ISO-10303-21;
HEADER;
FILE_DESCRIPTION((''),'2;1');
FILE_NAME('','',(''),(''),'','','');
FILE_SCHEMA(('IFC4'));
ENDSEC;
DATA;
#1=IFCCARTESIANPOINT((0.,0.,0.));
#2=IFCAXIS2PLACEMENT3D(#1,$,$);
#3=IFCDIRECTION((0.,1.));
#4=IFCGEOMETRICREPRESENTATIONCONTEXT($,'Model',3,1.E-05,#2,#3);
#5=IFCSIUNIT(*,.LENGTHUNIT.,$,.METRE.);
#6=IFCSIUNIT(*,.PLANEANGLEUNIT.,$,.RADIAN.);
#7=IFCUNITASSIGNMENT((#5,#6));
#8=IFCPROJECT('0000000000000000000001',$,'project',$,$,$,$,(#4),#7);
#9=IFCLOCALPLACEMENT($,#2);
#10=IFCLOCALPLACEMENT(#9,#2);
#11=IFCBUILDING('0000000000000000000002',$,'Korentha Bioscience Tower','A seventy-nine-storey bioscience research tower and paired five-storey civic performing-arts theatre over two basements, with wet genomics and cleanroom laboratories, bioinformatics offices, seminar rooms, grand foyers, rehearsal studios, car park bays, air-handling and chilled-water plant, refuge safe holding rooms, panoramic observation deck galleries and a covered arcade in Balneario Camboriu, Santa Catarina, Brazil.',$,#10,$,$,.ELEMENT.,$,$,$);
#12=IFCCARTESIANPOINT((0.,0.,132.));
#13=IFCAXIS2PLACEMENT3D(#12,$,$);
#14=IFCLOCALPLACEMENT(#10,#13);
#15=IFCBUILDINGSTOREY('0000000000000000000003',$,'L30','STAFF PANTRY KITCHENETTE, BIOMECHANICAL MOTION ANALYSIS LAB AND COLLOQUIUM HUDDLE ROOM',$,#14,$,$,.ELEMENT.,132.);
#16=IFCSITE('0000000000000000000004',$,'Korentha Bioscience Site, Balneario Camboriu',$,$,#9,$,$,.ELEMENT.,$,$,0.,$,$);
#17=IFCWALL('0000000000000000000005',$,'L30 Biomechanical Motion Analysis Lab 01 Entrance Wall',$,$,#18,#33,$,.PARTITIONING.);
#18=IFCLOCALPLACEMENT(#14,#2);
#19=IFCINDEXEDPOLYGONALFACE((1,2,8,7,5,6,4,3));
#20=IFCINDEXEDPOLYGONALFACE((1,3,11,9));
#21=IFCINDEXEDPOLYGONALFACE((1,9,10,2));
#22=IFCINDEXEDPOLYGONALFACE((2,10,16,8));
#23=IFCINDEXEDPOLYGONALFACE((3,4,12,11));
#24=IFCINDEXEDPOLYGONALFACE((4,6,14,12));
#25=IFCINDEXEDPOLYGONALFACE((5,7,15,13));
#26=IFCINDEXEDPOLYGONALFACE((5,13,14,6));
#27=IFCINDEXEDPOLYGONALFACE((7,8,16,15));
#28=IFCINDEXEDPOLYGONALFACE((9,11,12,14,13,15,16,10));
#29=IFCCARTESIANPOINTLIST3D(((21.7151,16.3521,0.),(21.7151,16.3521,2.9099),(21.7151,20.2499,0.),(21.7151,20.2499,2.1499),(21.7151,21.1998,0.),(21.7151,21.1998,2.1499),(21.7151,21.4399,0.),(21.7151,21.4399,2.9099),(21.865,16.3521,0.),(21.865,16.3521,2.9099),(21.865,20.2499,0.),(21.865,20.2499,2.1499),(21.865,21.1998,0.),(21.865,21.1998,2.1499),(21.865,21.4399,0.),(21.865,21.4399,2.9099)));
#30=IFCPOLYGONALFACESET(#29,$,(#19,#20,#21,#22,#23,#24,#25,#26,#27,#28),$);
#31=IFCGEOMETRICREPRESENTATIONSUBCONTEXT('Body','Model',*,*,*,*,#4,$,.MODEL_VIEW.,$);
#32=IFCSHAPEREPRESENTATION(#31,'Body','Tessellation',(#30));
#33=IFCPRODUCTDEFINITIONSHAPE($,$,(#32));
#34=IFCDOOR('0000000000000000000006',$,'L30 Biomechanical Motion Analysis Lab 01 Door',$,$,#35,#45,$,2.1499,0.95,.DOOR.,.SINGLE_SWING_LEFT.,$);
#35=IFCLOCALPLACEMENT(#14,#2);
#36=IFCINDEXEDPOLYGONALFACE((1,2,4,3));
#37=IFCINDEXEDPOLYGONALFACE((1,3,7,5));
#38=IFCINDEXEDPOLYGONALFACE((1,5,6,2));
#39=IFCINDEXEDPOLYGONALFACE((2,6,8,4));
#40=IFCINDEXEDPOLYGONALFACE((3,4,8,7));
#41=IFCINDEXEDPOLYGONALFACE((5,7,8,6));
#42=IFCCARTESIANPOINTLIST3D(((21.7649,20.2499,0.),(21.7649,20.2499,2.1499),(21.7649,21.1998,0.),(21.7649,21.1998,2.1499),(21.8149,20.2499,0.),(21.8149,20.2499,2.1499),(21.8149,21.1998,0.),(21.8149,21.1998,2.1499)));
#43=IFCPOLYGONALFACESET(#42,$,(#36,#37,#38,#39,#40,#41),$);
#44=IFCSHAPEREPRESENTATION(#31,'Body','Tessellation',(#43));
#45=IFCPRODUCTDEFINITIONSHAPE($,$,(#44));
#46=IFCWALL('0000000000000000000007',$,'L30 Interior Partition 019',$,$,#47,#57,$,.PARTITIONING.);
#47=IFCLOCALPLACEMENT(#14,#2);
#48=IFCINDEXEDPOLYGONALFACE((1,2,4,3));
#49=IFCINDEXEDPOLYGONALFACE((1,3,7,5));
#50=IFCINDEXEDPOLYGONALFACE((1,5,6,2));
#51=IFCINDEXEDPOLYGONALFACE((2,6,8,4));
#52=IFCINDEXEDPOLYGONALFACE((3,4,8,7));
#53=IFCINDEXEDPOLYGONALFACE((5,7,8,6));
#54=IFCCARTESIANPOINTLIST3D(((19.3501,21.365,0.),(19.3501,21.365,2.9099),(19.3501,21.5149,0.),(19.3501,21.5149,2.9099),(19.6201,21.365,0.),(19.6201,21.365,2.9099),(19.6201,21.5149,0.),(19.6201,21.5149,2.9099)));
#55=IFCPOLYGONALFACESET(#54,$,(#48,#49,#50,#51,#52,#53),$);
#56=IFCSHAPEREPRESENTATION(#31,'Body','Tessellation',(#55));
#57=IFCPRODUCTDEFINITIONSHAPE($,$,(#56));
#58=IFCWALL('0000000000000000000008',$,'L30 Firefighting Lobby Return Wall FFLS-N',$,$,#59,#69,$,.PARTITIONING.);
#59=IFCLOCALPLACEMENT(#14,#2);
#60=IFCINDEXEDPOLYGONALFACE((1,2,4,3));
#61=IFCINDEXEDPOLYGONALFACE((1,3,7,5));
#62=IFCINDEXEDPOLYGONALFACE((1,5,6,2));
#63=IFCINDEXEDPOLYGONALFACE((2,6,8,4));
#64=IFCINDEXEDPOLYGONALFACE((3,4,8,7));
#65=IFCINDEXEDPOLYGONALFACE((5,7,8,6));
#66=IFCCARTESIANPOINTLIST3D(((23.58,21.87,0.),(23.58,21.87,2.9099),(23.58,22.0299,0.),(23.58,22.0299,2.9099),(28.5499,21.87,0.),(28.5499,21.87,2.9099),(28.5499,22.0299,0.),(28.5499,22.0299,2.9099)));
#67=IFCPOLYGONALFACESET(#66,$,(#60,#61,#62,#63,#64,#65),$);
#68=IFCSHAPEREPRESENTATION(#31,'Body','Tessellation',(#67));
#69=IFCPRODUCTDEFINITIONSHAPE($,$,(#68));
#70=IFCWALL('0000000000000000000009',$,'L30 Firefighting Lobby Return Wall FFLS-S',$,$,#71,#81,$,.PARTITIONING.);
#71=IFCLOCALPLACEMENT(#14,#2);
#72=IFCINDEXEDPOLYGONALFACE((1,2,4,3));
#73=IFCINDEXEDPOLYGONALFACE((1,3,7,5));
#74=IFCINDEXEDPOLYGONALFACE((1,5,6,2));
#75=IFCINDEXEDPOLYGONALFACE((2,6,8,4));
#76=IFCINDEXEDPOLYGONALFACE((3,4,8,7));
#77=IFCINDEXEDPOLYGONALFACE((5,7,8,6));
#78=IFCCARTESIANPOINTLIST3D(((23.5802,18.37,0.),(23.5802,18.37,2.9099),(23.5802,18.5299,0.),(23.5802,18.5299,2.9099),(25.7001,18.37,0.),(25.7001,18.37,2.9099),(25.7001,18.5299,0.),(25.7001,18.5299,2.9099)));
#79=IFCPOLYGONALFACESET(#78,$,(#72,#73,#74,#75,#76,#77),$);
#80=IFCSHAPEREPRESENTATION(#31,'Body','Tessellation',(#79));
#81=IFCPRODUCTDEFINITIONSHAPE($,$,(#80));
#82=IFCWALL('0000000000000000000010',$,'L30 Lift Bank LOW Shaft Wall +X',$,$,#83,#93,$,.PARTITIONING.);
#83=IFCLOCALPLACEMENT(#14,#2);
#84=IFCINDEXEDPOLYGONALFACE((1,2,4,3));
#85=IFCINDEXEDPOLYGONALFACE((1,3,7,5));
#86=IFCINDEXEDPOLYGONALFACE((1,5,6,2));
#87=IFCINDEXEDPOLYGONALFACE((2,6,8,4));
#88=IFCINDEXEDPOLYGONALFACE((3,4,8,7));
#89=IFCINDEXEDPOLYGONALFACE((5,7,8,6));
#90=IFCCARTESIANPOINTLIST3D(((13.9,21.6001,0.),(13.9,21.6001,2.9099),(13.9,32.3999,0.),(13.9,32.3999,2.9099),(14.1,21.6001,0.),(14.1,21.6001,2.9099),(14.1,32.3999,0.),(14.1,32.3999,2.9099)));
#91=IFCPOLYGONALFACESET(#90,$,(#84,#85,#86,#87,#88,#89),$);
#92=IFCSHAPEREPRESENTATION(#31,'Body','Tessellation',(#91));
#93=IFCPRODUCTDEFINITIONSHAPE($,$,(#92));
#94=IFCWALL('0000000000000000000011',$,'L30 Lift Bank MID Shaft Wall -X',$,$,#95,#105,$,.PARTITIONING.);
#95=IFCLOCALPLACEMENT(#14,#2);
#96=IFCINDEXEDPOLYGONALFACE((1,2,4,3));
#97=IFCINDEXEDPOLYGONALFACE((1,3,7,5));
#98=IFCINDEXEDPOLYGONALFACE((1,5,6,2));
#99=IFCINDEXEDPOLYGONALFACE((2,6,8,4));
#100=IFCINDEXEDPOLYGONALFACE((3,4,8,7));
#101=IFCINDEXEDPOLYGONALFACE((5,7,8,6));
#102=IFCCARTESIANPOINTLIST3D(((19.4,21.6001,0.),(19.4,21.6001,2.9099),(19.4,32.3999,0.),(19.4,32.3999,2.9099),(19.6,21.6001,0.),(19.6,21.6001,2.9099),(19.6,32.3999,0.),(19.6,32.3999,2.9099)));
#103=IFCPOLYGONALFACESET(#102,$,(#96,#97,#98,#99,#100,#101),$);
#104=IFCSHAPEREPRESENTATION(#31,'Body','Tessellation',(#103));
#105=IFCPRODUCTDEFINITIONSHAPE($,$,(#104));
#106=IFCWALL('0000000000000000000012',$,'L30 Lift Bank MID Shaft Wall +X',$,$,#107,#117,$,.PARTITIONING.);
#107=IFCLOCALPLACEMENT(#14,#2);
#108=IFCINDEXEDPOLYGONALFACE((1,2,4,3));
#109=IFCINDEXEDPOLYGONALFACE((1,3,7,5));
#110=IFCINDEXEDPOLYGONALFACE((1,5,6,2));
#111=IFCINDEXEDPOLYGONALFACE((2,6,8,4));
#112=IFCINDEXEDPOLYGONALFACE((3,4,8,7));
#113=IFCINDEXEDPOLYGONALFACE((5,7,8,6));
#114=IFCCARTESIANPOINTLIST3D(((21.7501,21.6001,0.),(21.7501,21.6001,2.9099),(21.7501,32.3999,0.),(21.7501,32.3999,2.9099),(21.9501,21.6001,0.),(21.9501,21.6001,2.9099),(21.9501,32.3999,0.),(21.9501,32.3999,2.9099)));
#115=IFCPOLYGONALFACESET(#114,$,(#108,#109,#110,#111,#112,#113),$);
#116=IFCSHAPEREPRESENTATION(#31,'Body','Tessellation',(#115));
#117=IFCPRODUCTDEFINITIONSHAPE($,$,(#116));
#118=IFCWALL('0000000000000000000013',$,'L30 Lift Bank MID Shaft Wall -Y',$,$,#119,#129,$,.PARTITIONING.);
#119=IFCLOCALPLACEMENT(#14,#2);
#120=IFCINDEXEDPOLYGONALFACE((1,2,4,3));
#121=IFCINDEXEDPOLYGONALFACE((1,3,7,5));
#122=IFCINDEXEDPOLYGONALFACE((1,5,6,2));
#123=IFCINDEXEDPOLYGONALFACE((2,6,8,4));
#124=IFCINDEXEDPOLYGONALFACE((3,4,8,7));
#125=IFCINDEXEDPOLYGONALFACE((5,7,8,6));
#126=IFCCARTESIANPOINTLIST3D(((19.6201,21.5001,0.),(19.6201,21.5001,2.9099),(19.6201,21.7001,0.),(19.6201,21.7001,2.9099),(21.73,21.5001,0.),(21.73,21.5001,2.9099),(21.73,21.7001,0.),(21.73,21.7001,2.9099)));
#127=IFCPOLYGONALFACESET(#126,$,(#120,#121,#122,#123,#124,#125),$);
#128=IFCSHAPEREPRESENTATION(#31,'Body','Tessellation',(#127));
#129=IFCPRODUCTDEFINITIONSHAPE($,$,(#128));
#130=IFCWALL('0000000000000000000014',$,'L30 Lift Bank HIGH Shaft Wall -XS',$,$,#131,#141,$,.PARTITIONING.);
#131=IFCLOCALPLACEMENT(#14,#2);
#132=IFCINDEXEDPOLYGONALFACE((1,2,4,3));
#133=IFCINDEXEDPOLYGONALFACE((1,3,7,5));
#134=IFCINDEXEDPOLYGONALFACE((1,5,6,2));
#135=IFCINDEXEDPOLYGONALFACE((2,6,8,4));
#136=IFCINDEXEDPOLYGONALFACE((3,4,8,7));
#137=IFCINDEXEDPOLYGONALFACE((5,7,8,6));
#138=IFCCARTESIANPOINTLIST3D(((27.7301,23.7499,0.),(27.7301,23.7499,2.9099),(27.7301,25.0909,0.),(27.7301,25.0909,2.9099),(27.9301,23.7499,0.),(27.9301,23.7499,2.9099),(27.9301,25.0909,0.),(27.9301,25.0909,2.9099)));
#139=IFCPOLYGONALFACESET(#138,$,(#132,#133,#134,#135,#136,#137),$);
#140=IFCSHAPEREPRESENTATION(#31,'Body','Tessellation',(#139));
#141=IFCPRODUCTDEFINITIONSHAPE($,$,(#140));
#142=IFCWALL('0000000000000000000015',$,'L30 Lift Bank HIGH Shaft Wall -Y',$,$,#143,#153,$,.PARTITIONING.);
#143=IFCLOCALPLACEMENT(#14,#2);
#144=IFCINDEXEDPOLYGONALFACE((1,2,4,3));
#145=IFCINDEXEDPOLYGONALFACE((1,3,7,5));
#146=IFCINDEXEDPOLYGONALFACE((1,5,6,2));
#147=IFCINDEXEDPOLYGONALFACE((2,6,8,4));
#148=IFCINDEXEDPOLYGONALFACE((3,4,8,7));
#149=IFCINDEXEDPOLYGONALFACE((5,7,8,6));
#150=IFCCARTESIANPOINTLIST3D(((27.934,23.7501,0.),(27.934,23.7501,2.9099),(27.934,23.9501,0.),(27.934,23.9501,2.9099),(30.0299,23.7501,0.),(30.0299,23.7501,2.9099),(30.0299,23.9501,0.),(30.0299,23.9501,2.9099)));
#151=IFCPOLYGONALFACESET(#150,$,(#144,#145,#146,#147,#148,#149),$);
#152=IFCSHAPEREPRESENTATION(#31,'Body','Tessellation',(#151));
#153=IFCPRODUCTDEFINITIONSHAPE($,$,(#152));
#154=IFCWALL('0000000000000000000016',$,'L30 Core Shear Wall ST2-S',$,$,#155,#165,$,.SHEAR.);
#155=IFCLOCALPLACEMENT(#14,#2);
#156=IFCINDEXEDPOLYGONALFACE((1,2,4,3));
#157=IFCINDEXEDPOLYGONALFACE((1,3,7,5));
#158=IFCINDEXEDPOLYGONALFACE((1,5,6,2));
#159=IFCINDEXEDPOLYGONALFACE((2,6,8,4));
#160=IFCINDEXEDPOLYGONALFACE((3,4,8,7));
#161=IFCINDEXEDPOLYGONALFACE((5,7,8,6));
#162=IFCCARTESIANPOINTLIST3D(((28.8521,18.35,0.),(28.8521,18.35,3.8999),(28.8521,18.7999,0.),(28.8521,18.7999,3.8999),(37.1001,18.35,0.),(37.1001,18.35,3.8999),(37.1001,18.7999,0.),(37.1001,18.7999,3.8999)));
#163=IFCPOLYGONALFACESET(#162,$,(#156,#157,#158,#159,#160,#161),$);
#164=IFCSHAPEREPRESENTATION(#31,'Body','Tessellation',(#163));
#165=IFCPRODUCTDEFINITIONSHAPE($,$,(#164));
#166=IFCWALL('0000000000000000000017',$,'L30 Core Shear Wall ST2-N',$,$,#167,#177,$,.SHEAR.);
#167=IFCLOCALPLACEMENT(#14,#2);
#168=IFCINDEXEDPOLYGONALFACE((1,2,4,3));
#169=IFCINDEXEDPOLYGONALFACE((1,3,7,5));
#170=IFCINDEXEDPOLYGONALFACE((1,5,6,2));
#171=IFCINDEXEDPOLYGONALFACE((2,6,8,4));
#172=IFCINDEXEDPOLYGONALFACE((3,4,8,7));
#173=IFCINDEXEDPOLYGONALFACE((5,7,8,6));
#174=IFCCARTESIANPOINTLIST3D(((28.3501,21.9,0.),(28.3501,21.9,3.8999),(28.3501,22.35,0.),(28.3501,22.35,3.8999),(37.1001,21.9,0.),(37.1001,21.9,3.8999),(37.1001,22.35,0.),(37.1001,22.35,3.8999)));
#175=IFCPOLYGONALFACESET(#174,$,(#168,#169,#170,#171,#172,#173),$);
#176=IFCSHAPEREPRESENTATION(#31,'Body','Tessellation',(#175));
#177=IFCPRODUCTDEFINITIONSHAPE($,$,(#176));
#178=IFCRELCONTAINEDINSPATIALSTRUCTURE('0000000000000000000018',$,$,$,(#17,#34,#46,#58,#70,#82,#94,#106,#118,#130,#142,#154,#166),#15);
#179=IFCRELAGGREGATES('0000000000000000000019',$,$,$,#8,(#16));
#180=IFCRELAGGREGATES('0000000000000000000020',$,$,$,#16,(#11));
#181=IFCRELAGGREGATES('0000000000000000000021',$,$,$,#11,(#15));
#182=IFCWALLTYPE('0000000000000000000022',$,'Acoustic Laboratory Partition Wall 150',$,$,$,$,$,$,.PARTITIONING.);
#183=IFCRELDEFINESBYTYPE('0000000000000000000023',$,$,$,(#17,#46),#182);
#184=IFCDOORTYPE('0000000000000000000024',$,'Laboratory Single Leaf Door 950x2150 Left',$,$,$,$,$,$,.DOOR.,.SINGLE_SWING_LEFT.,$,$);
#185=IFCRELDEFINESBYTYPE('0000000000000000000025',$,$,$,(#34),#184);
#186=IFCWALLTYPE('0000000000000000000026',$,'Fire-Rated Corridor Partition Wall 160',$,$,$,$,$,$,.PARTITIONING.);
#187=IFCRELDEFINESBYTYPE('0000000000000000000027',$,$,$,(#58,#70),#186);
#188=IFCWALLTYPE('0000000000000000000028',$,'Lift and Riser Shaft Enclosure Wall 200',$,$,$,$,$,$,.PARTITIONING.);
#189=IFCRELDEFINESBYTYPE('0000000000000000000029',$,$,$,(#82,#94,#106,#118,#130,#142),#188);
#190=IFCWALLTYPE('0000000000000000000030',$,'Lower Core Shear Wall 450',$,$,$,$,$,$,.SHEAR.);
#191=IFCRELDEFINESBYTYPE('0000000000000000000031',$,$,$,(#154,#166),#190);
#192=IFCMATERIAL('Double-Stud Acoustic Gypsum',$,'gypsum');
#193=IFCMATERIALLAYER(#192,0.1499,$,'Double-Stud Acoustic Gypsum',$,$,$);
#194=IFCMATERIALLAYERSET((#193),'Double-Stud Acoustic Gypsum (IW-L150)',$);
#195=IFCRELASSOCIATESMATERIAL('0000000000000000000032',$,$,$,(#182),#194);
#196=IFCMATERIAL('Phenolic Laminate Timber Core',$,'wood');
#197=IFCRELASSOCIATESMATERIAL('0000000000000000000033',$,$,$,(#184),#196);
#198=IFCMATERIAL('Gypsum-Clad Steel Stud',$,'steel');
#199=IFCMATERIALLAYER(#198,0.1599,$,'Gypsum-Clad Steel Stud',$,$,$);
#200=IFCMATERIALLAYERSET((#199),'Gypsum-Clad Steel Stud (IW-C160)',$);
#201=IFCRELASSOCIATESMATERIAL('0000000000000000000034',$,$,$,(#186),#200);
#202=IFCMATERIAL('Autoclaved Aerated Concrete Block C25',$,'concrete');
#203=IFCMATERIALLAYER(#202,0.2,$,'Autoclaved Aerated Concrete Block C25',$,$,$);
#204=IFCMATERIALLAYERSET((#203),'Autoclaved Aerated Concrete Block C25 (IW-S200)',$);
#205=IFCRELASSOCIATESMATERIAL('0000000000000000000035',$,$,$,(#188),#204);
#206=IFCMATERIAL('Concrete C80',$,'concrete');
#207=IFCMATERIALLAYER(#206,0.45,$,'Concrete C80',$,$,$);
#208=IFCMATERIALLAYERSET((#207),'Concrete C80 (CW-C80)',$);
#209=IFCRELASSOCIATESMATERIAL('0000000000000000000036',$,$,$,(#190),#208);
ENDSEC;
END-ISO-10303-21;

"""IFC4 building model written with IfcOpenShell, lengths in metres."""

from ifc_helpers import new_model, si_unit, direction, frame, frame_2d, origin, place, context, subcontext, project, spatial, rectangle, extrude, material, layer, layer_set, type_object, element, fill, save


model = new_model("IFC4")

# Units and contexts
model_context = context("Model", 3, precision=1e-05, world=origin(), true_north=direction((0.0, 1.0)))
body_context = subcontext(model_context, "Body", "Model", "MODEL_VIEW")
ifc_project = project(units=[si_unit("LENGTHUNIT", "METRE"), si_unit("PLANEANGLEUNIT", "RADIAN")], contexts=[model_context])

# Site, building, storey
site_placement = place(None, origin())
site = spatial("IfcSite", under=ifc_project, at=site_placement, Name="Korentha Bioscience Site, Balneario Camboriu", CompositionType="ELEMENT", RefElevation=0.0)
building_placement = place(site_placement, origin())
building = spatial("IfcBuilding", under=site, at=building_placement, Name="Korentha Bioscience Tower", Description="A seventy-nine-storey bioscience research tower and paired five-storey civic performing-arts theatre over two basements, with wet genomics and cleanroom laboratories, bioinformatics offices, seminar rooms, grand foyers, rehearsal studios, car park bays, air-handling and chilled-water plant, refuge safe holding rooms, panoramic observation deck galleries and a covered arcade in Balneario Camboriu, Santa Catarina, Brazil.", CompositionType="ELEMENT")
storey_placement = place(building_placement, frame((0.0, 0.0, 132.0)))
storey = spatial("IfcBuildingStorey", under=building, at=storey_placement, Name="L30", Description="STAFF PANTRY KITCHENETTE, BIOMECHANICAL MOTION ANALYSIS LAB AND COLLOQUIUM HUDDLE ROOM", CompositionType="ELEMENT", Elevation=132.0)

# Shared definitions
ifc_material_1 = material(Name="Concrete C80", Category="concrete")

# Wall, opening, door
ifc_material_2 = material(Name="Double-Stud Acoustic Gypsum", Category="gypsum")
ifc_layer_1 = layer(ifc_material_2, 0.1499, Name="Double-Stud Acoustic Gypsum")
ifc_layer_set_1 = layer_set([ifc_layer_1], Name="Double-Stud Acoustic Gypsum (IW-L150)")
wall_type_1 = type_object("IfcWallType", Name="Acoustic Laboratory Partition Wall 150", PredefinedType="PARTITIONING", material=ifc_layer_set_1)
wall_1_placement = place(storey_placement, frame((21.79, 21.4399, 0.0), z_axis=(0.0, 0.0, 1.0), x_axis=(0.0, -1.0, 0.0)))
wall_1 = element("IfcWall", 1, at=wall_1_placement, inside=storey, type_object=wall_type_1, Name="L30 Biomechanical Motion Analysis Lab 01 Entrance Wall", PredefinedType="PARTITIONING", context=body_context, shape_type="SweptSolid", body=[
    extrude(rectangle(XDim=5.0879, YDim=0.1499, at=frame_2d((2.5439, 0.0))), origin(), (0.0, 0.0, 1.0), 2.9099),
])
opening_1_placement = place(wall_1_placement, frame((0.24, 0.0, 0.0)))
opening_1 = element("IfcOpeningElement", 2, at=opening_1_placement, cuts=wall_1, PredefinedType="OPENING", context=body_context, shape_type="SweptSolid", body=[
    extrude(rectangle(XDim=0.95, YDim=2.1499, at=frame_2d((0.4751, 1.075))), frame((0.0, 0.0898, 0.0), z_axis=(0.0, -1.0, 0.0), x_axis=(1.0, 0.0, 0.0)), (0.0, 0.0, 1.0), 0.1797),
])
ifc_material_3 = material(Name="Phenolic Laminate Timber Core", Category="wood")
door_type_1 = type_object("IfcDoorType", Name="Laboratory Single Leaf Door 950x2150 Left", OperationType="SINGLE_SWING_LEFT", PredefinedType="DOOR", material=ifc_material_3)
door_1_placement = place(opening_1_placement, origin())
door_1 = element("IfcDoor", 3, at=door_1_placement, inside=storey, type_object=door_type_1, Name="L30 Biomechanical Motion Analysis Lab 01 Door", OperationType="SINGLE_SWING_LEFT", OverallHeight=2.1499, OverallWidth=0.95, PredefinedType="DOOR", context=body_context, shape_type="SweptSolid", body=[
    extrude(rectangle(XDim=0.95, YDim=2.1499, at=frame_2d((0.4751, 1.075))), frame((0.0, 0.0249, 0.0), z_axis=(0.0, -1.0, 0.0), x_axis=(1.0, 0.0, 0.0)), (0.0, 0.0, 1.0), 0.05),
])
fill(opening_1, door_1)

# Wall
wall_2_placement = place(storey_placement, frame((19.3501, 21.4399, 0.0), z_axis=(0.0, 0.0, 1.0), x_axis=(1.0, 0.0, 0.0)))
element("IfcWall", 4, at=wall_2_placement, inside=storey, type_object=wall_type_1, Name="L30 Interior Partition 019", PredefinedType="PARTITIONING", context=body_context, shape_type="SweptSolid", body=[
    extrude(rectangle(XDim=0.27, YDim=0.1499, at=frame_2d((0.135, 0.0))), origin(), (0.0, 0.0, 1.0), 2.9099),
])

# Shared definitions
ifc_material_4 = material(Name="Gypsum-Clad Steel Stud", Category="steel")
ifc_layer_2 = layer(ifc_material_4, 0.1599, Name="Gypsum-Clad Steel Stud")
ifc_layer_set_2 = layer_set([ifc_layer_2], Name="Gypsum-Clad Steel Stud (IW-C160)")
wall_type_2 = type_object("IfcWallType", Name="Fire-Rated Corridor Partition Wall 160", PredefinedType="PARTITIONING", material=ifc_layer_set_2)

# Walls
wall_3_placement = place(storey_placement, frame((23.5801, 21.95, 0.0), z_axis=(0.0, 0.0, 1.0), x_axis=(1.0, 0.0, 0.0)))
element("IfcWall", 5, at=wall_3_placement, inside=storey, type_object=wall_type_2, Name="L30 Firefighting Lobby Return Wall FFLS-N", PredefinedType="PARTITIONING", context=body_context, shape_type="SweptSolid", body=[
    extrude(rectangle(XDim=4.97, YDim=0.1599, at=frame_2d((2.4849, 0.0))), origin(), (0.0, 0.0, 1.0), 2.9099),
])
wall_4_placement = place(storey_placement, frame((23.5801, 18.45, 0.0), z_axis=(0.0, 0.0, 1.0), x_axis=(1.0, 0.0, 0.0)))
element("IfcWall", 6, at=wall_4_placement, inside=storey, type_object=wall_type_2, Name="L30 Firefighting Lobby Return Wall FFLS-S", PredefinedType="PARTITIONING", context=body_context, shape_type="SweptSolid", body=[
    extrude(rectangle(XDim=2.1199, YDim=0.1599, at=frame_2d((1.0601, 0.0))), origin(), (0.0, 0.0, 1.0), 2.9099),
])
ifc_material_5 = material(Name="Autoclaved Aerated Concrete Block C25", Category="concrete")
ifc_layer_3 = layer(ifc_material_5, 0.2, Name="Autoclaved Aerated Concrete Block C25")
ifc_layer_set_3 = layer_set([ifc_layer_3], Name="Autoclaved Aerated Concrete Block C25 (IW-S200)")
wall_type_3 = type_object("IfcWallType", Name="Lift and Riser Shaft Enclosure Wall 200", PredefinedType="PARTITIONING", material=ifc_layer_set_3)
for number, where, z_axis, x_axis, name in (
    (7, (14.0, 21.6001, 0.0), (0.0, 0.0, 1.0), (0.0, 1.0, 0.0), "L30 Lift Bank LOW Shaft Wall +X"),
    (8, (19.5, 21.6001, 0.0), (0.0, 0.0, 1.0), (0.0, 1.0, 0.0), "L30 Lift Bank MID Shaft Wall -X"),
    (9, (21.8501, 21.6001, 0.0), (0.0, 0.0, 1.0), (0.0, 1.0, 0.0), "L30 Lift Bank MID Shaft Wall +X"),
):
    element("IfcWall", number, at=place(storey_placement, frame(where, z_axis=z_axis, x_axis=x_axis)), inside=storey, type_object=wall_type_3, Name=name, PredefinedType="PARTITIONING", context=body_context, shape_type="SweptSolid", body=[
        extrude(rectangle(XDim=10.7998, YDim=0.2, at=frame_2d((5.3999, 0.0))), origin(), (0.0, 0.0, 1.0), 2.9099),
    ])
wall_5_placement = place(storey_placement, frame((19.6201, 21.6001, 0.0), z_axis=(0.0, 0.0, 1.0), x_axis=(1.0, 0.0, 0.0)))
element("IfcWall", 10, at=wall_5_placement, inside=storey, type_object=wall_type_3, Name="L30 Lift Bank MID Shaft Wall -Y", PredefinedType="PARTITIONING", context=body_context, shape_type="SweptSolid", body=[
    extrude(rectangle(XDim=2.1099, YDim=0.2, at=frame_2d((1.0549, 0.0))), origin(), (0.0, 0.0, 1.0), 2.9099),
])
wall_6_placement = place(storey_placement, frame((27.8301, 23.75, 0.0), z_axis=(0.0, 0.0, 1.0), x_axis=(0.0, 1.0, 0.0)))
element("IfcWall", 11, at=wall_6_placement, inside=storey, type_object=wall_type_3, Name="L30 Lift Bank HIGH Shaft Wall -XS", PredefinedType="PARTITIONING", context=body_context, shape_type="SweptSolid", body=[
    extrude(rectangle(XDim=1.3411, YDim=0.2, at=frame_2d((0.6704, 0.0))), origin(), (0.0, 0.0, 1.0), 2.9099),
])
wall_7_placement = place(storey_placement, frame((27.9341, 23.8501, 0.0), z_axis=(0.0, 0.0, 1.0), x_axis=(1.0, 0.0, 0.0)))
element("IfcWall", 12, at=wall_7_placement, inside=storey, type_object=wall_type_3, Name="L30 Lift Bank HIGH Shaft Wall -Y", PredefinedType="PARTITIONING", context=body_context, shape_type="SweptSolid", body=[
    extrude(rectangle(XDim=2.0959, YDim=0.2, at=frame_2d((1.0479, 0.0))), origin(), (0.0, 0.0, 1.0), 2.9099),
])
ifc_layer_4 = layer(ifc_material_1, 0.45, Name="Concrete C80")
ifc_layer_set_4 = layer_set([ifc_layer_4], Name="Concrete C80 (CW-C80)")
wall_type_4 = type_object("IfcWallType", Name="Lower Core Shear Wall 450", PredefinedType="SHEAR", material=ifc_layer_set_4)
wall_8_placement = place(storey_placement, frame((28.8521, 18.575, 0.0), z_axis=(0.0, 0.0, 1.0), x_axis=(1.0, 0.0, 0.0)))
element("IfcWall", 13, at=wall_8_placement, inside=storey, type_object=wall_type_4, Name="L30 Core Shear Wall ST2-S", PredefinedType="SHEAR", context=body_context, shape_type="SweptSolid", body=[
    extrude(rectangle(XDim=8.248, YDim=0.45, at=frame_2d((4.124, 0.0))), origin(), (0.0, 0.0, 1.0), 3.8999),
])
wall_9_placement = place(storey_placement, frame((28.3501, 22.125, 0.0), z_axis=(0.0, 0.0, 1.0), x_axis=(1.0, 0.0, 0.0)))
element("IfcWall", 14, at=wall_9_placement, inside=storey, type_object=wall_type_4, Name="L30 Core Shear Wall ST2-N", PredefinedType="SHEAR", context=body_context, shape_type="SweptSolid", body=[
    extrude(rectangle(XDim=8.75, YDim=0.45, at=frame_2d((4.375, 0.0))), origin(), (0.0, 0.0, 1.0), 3.8999),
])

save(model, "model.ifc")
